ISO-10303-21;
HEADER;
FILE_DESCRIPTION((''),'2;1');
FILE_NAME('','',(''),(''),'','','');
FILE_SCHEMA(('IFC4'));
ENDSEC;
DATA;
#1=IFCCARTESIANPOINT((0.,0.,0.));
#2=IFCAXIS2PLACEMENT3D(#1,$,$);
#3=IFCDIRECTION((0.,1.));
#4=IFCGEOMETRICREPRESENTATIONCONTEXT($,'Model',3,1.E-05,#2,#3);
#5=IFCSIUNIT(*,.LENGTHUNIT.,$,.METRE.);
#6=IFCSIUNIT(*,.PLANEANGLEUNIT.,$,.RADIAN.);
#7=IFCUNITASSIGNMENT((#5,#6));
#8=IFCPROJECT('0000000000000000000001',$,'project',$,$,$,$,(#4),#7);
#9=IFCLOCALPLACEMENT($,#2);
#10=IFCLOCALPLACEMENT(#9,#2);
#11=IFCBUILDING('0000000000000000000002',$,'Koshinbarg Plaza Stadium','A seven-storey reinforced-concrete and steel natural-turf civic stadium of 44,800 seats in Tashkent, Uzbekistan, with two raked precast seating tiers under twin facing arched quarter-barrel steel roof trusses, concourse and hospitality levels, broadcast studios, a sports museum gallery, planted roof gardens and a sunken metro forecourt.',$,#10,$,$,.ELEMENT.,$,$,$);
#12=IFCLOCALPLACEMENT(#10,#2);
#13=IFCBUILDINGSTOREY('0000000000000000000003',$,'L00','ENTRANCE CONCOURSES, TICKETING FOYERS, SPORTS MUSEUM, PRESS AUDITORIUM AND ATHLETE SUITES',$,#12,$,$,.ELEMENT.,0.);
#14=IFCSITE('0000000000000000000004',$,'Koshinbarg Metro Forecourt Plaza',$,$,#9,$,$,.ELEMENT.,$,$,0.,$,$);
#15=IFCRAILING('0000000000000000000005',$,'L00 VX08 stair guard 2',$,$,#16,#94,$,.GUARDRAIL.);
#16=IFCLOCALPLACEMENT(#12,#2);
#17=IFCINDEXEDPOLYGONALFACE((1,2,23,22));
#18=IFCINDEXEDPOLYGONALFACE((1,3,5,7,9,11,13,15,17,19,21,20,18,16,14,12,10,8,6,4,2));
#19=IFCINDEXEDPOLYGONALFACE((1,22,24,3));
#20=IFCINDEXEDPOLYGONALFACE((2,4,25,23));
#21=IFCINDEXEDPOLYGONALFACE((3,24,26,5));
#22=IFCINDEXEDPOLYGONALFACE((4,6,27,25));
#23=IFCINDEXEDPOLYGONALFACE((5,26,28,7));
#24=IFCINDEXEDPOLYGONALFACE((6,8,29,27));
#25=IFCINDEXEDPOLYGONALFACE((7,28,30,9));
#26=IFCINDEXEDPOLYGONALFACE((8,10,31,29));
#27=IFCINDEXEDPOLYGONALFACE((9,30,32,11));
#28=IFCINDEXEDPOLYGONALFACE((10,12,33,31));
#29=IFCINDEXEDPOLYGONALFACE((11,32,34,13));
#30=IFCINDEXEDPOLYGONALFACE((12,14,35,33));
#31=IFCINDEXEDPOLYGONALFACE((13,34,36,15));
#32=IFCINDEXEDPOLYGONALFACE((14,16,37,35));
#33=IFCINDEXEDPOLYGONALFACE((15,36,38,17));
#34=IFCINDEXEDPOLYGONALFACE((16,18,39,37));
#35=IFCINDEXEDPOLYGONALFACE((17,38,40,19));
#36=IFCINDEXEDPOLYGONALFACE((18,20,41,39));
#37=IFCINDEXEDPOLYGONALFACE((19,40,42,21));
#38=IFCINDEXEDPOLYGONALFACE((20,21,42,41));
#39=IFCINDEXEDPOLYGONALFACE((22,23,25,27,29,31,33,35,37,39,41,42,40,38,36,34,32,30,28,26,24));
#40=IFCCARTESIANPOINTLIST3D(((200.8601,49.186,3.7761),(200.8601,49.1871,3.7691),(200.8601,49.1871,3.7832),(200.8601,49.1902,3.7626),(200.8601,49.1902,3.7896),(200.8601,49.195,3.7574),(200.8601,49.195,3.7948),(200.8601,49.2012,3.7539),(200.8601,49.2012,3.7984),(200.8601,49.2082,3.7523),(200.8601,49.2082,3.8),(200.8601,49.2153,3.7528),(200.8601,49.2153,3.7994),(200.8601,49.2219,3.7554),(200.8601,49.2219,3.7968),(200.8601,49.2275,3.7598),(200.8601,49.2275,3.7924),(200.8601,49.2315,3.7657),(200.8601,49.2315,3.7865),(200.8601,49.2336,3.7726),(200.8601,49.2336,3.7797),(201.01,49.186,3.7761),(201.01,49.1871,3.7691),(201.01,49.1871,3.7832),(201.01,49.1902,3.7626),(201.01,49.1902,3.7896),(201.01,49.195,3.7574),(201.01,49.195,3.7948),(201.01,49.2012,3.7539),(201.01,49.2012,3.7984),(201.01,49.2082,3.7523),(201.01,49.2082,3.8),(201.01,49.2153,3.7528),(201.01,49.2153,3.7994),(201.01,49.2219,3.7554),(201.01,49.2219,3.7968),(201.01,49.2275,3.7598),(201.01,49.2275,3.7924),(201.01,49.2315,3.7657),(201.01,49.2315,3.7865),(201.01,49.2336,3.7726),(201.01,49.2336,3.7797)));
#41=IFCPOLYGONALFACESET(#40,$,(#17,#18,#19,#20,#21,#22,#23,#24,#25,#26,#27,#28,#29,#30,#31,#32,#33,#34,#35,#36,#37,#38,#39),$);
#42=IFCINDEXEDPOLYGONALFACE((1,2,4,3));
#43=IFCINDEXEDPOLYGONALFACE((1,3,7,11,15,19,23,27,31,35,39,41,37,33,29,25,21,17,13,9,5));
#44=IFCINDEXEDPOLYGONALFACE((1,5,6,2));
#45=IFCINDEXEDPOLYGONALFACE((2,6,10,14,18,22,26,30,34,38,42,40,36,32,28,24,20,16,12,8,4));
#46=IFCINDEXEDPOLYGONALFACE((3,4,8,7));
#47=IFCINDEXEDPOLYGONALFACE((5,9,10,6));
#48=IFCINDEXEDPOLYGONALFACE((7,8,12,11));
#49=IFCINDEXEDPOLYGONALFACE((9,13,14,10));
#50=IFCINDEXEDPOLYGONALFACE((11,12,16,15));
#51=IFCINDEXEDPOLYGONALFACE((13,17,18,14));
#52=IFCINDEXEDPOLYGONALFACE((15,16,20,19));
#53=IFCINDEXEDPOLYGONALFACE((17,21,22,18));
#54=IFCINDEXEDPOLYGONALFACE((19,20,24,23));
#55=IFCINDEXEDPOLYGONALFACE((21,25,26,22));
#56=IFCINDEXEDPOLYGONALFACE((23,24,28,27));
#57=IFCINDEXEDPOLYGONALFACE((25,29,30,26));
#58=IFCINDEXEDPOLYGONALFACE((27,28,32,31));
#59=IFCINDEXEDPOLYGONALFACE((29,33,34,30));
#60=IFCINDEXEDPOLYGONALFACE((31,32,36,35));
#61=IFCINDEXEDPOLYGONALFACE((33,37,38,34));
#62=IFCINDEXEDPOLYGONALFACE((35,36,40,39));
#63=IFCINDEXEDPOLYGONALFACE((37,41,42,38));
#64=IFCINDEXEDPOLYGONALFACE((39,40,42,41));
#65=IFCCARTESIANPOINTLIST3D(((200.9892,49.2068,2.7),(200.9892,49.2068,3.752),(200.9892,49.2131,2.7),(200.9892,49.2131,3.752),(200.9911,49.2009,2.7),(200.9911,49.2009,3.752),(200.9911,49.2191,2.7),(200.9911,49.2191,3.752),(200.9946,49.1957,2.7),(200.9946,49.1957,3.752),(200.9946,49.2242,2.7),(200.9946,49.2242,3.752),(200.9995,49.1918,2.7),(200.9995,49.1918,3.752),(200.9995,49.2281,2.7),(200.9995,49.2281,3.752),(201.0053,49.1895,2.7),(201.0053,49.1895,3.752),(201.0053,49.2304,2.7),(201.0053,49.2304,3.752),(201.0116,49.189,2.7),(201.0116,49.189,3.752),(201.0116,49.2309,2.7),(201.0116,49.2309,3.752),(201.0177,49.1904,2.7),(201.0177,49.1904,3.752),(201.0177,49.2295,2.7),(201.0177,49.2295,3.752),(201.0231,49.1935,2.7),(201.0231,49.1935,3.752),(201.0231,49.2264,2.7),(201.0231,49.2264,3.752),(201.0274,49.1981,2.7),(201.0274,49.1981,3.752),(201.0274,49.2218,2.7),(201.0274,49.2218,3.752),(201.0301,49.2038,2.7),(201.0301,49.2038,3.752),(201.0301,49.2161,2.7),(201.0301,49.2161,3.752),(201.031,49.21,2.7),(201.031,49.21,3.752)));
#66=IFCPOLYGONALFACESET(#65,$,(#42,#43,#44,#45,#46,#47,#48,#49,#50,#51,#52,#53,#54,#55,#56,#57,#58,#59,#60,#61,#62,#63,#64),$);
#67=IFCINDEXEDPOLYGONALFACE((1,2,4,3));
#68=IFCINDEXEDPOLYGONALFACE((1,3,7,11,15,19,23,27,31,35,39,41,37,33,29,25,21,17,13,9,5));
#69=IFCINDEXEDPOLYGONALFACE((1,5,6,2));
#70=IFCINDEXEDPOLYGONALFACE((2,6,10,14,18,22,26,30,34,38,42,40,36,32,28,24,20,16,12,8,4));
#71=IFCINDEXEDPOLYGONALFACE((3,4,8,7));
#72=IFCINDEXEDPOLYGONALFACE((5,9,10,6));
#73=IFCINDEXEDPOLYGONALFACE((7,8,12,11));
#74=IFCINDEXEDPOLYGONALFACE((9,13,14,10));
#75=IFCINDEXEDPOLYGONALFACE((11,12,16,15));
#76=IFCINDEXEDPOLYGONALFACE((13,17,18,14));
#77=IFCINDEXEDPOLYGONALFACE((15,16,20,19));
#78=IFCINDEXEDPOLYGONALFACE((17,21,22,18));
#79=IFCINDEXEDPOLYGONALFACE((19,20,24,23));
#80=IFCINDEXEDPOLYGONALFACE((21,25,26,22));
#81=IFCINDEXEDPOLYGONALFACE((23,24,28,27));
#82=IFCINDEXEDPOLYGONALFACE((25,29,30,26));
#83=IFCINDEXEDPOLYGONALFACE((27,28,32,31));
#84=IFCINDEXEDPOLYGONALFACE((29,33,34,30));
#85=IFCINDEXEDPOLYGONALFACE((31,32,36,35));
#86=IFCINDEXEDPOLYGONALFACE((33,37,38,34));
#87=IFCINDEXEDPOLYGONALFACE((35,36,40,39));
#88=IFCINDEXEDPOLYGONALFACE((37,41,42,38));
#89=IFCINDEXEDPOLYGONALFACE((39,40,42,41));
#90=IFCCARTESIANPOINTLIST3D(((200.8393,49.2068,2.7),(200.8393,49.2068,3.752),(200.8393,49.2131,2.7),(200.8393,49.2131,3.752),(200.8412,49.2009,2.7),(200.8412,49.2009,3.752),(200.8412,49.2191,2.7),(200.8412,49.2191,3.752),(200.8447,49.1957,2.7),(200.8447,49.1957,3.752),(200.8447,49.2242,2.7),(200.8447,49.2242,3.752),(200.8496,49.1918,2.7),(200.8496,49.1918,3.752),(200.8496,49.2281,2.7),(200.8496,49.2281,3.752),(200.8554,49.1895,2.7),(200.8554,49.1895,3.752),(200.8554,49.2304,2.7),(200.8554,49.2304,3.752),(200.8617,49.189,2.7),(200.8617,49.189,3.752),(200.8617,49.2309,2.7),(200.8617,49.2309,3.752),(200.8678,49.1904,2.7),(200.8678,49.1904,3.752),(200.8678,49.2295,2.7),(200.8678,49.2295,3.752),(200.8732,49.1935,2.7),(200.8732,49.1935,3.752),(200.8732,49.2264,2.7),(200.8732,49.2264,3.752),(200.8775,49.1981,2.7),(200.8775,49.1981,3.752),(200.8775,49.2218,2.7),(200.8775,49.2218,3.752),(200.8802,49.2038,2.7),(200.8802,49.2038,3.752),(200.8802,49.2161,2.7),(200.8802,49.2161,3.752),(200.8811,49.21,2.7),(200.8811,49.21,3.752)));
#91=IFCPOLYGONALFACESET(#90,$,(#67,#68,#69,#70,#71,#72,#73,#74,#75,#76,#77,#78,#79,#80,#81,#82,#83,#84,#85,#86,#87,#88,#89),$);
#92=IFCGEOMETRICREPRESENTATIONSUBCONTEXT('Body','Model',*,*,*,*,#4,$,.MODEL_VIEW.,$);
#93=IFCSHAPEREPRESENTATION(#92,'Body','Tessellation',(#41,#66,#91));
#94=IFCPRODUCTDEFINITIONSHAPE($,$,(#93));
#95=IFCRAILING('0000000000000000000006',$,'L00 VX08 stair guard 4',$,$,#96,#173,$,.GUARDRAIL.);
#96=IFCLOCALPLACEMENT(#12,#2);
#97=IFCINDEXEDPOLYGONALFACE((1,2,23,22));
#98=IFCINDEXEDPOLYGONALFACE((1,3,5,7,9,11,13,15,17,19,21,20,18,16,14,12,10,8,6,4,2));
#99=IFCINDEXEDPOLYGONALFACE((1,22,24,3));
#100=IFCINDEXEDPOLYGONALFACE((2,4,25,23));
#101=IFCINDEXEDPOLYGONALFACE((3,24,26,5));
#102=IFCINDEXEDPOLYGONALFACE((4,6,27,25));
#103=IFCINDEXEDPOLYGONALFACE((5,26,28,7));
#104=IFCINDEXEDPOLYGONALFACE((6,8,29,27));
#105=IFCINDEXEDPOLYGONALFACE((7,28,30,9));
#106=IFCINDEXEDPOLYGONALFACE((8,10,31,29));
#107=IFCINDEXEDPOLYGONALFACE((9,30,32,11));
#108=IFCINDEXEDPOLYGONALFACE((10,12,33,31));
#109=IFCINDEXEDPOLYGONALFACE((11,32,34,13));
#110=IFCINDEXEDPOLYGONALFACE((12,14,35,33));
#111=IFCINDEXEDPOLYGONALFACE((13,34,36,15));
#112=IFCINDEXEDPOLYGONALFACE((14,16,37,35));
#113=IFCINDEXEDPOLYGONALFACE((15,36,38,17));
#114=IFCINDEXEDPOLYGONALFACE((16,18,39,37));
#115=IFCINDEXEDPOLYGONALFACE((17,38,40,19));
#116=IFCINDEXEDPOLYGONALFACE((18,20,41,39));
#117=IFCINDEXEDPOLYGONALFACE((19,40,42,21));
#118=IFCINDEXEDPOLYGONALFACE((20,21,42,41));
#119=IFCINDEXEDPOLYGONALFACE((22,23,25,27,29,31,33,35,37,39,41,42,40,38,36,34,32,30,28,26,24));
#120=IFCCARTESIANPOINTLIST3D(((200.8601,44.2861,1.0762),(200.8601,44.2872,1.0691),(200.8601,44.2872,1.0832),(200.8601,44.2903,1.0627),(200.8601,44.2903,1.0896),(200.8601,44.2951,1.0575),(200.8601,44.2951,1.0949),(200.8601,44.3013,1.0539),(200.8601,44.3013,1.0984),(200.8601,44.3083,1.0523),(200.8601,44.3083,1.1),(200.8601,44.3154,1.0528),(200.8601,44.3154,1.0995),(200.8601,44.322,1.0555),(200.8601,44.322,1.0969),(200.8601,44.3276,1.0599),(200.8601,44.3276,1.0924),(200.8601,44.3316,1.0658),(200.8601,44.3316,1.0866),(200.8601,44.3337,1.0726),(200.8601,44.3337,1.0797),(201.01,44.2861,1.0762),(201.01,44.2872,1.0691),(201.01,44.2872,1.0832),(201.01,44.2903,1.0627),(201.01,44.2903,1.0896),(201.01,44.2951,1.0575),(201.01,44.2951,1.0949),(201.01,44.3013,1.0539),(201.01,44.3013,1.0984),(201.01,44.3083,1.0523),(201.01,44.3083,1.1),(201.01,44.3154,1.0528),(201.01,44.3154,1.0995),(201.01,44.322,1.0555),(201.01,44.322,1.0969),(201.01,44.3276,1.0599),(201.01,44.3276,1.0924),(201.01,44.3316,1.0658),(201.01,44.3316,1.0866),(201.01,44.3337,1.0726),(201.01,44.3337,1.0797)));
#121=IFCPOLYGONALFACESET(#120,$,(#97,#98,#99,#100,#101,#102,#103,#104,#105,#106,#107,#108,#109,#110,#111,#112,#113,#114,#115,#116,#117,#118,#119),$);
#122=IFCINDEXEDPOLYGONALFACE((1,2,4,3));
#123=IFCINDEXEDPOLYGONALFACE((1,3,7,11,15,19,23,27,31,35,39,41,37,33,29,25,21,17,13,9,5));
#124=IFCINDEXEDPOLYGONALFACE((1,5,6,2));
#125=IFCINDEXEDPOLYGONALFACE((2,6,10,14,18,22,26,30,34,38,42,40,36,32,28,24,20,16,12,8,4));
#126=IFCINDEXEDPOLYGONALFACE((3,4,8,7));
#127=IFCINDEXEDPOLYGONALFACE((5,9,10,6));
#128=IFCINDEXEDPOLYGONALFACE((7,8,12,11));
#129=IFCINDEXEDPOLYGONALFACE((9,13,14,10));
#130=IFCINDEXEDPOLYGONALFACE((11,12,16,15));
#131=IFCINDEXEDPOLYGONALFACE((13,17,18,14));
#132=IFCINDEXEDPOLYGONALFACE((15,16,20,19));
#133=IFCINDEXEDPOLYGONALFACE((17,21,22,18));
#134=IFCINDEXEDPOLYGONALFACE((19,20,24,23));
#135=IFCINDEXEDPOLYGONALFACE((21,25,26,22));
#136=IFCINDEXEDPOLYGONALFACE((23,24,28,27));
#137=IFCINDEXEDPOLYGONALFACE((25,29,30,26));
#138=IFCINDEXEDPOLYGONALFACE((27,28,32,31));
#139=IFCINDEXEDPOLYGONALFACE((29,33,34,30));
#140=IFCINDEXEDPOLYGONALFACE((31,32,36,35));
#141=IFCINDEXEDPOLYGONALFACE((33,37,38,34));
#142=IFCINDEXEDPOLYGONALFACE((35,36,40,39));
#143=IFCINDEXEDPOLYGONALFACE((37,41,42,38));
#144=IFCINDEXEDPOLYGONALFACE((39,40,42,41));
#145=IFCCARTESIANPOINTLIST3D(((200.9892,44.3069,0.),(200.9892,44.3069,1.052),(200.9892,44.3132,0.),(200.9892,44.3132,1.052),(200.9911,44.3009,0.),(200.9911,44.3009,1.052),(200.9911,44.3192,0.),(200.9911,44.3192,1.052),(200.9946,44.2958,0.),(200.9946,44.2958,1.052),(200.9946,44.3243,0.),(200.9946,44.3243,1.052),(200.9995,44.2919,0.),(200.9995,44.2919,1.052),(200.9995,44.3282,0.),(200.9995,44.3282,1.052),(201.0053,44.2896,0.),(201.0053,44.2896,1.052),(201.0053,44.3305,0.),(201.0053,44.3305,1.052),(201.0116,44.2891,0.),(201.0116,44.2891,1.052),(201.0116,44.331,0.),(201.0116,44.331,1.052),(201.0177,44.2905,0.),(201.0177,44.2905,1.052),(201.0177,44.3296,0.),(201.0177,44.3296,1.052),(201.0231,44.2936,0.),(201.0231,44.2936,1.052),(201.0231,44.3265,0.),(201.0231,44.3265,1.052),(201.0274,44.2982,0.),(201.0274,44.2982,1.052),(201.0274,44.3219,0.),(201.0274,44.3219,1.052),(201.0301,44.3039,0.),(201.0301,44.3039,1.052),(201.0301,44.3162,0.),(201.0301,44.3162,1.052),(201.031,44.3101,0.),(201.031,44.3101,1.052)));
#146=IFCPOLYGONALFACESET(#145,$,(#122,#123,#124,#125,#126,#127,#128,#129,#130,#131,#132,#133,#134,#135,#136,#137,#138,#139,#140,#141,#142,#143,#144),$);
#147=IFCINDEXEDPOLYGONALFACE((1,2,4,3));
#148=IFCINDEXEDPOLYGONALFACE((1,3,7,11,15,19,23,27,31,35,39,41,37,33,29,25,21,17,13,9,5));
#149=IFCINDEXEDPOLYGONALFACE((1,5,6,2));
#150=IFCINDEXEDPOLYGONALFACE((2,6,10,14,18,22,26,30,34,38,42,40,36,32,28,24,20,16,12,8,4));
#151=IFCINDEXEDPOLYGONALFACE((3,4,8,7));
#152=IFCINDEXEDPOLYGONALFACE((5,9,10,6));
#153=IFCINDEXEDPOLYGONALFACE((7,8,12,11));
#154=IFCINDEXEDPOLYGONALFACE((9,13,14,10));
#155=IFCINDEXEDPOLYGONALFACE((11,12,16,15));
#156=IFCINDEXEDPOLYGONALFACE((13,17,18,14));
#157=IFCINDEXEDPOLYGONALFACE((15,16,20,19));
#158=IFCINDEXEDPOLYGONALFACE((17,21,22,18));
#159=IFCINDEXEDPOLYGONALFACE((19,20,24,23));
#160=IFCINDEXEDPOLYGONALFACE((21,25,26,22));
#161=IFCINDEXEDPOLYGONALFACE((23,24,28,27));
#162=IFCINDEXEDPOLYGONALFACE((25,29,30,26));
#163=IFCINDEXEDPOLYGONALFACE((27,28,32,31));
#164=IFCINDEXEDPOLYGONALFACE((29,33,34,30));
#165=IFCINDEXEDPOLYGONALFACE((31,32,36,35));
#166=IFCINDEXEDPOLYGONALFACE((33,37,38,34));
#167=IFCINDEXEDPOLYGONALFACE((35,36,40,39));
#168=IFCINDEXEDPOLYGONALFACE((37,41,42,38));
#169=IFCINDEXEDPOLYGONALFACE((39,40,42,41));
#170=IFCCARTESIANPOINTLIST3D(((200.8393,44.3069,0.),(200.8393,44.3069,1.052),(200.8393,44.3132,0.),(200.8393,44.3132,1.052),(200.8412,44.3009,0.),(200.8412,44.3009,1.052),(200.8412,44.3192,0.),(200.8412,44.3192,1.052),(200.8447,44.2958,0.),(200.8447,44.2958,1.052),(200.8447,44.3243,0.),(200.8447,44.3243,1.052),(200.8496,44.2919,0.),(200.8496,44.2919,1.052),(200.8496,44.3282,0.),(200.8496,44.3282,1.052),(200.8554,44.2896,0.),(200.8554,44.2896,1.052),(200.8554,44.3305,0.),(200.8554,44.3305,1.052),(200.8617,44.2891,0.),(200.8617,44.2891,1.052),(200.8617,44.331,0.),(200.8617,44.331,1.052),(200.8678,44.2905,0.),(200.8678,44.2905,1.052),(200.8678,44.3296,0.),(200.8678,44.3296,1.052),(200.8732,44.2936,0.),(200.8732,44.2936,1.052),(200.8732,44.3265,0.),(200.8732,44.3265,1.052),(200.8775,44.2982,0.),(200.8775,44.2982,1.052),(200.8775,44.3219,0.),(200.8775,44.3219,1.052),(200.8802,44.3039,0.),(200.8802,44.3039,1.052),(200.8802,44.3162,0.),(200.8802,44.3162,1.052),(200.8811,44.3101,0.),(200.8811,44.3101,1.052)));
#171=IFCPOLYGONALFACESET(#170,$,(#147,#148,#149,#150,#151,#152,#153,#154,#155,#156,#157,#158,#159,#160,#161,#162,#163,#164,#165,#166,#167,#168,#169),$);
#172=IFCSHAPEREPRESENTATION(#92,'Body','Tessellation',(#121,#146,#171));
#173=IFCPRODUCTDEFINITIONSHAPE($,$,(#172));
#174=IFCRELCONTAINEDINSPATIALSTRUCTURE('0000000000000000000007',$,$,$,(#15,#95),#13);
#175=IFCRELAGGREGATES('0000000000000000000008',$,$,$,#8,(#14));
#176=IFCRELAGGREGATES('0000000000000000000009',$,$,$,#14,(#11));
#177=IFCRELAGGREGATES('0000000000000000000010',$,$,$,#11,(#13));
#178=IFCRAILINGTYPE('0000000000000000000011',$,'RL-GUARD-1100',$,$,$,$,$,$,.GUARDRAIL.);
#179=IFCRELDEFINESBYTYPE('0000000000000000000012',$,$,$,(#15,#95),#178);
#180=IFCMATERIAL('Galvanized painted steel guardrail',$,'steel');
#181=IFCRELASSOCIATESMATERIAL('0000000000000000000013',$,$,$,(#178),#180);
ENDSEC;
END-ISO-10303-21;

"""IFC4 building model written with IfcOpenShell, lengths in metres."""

from ifc_helpers import new_model, si_unit, direction, frame, origin, origin_2d, place, context, subcontext, project, spatial, circle, extrude, material, type_object, element, save


model = new_model("IFC4")

# Units and contexts
model_context = context("Model", 3, precision=1e-05, world=origin(), true_north=direction((0.0, 1.0)))
body_context = subcontext(model_context, "Body", "Model", "MODEL_VIEW")
ifc_project = project(units=[si_unit("LENGTHUNIT", "METRE"), si_unit("PLANEANGLEUNIT", "RADIAN")], contexts=[model_context])

# Site, building, storey
site_placement = place(None, origin())
site = spatial("IfcSite", under=ifc_project, at=site_placement, Name="Koshinbarg Metro Forecourt Plaza", CompositionType="ELEMENT", RefElevation=0.0)
building_placement = place(site_placement, origin())
building = spatial("IfcBuilding", under=site, at=building_placement, Name="Koshinbarg Plaza Stadium", Description="A seven-storey reinforced-concrete and steel natural-turf civic stadium of 44,800 seats in Tashkent, Uzbekistan, with two raked precast seating tiers under twin facing arched quarter-barrel steel roof trusses, concourse and hospitality levels, broadcast studios, a sports museum gallery, planted roof gardens and a sunken metro forecourt.", CompositionType="ELEMENT")
storey_placement = place(building_placement, origin())
storey = spatial("IfcBuildingStorey", under=building, at=storey_placement, Name="L00", Description="ENTRANCE CONCOURSES, TICKETING FOYERS, SPORTS MUSEUM, PRESS AUDITORIUM AND ATHLETE SUITES", CompositionType="ELEMENT", Elevation=0.0)

# Railings
ifc_material_1 = material(Name="Galvanized painted steel guardrail", Category="steel")
railing_type_1 = type_object("IfcRailingType", Name="RL-GUARD-1100", PredefinedType="GUARDRAIL", material=ifc_material_1)
for number, where, name in (
    (1, (201.01, 49.21, 2.7), "L00 VX08 stair guard 2"),
    (2, (201.01, 44.3101, 0.0), "L00 VX08 stair guard 4"),
):
    element("IfcRailing", number, at=place(storey_placement, frame(where)), inside=storey, type_object=railing_type_1, Name=name, PredefinedType="GUARDRAIL", context=body_context, shape_type="SweptSolid", body=[
        extrude(circle(Radius=0.0239, at=origin_2d()), frame((0.0, 0.0, 1.0762), z_axis=(-1.0, 0.0, 0.0), x_axis=(0.0, -1.0, 0.0)), (0.0, 0.0, 1.0), 0.1499),
        extrude(circle(Radius=0.021, at=origin_2d()), origin(), (0.0, 0.0, 1.0), 1.052),
        extrude(circle(Radius=0.021, at=origin_2d()), frame((-0.1499, 0.0, 0.0)), (0.0, 0.0, 1.0), 1.052),
    ])

save(model, "model.ifc")
